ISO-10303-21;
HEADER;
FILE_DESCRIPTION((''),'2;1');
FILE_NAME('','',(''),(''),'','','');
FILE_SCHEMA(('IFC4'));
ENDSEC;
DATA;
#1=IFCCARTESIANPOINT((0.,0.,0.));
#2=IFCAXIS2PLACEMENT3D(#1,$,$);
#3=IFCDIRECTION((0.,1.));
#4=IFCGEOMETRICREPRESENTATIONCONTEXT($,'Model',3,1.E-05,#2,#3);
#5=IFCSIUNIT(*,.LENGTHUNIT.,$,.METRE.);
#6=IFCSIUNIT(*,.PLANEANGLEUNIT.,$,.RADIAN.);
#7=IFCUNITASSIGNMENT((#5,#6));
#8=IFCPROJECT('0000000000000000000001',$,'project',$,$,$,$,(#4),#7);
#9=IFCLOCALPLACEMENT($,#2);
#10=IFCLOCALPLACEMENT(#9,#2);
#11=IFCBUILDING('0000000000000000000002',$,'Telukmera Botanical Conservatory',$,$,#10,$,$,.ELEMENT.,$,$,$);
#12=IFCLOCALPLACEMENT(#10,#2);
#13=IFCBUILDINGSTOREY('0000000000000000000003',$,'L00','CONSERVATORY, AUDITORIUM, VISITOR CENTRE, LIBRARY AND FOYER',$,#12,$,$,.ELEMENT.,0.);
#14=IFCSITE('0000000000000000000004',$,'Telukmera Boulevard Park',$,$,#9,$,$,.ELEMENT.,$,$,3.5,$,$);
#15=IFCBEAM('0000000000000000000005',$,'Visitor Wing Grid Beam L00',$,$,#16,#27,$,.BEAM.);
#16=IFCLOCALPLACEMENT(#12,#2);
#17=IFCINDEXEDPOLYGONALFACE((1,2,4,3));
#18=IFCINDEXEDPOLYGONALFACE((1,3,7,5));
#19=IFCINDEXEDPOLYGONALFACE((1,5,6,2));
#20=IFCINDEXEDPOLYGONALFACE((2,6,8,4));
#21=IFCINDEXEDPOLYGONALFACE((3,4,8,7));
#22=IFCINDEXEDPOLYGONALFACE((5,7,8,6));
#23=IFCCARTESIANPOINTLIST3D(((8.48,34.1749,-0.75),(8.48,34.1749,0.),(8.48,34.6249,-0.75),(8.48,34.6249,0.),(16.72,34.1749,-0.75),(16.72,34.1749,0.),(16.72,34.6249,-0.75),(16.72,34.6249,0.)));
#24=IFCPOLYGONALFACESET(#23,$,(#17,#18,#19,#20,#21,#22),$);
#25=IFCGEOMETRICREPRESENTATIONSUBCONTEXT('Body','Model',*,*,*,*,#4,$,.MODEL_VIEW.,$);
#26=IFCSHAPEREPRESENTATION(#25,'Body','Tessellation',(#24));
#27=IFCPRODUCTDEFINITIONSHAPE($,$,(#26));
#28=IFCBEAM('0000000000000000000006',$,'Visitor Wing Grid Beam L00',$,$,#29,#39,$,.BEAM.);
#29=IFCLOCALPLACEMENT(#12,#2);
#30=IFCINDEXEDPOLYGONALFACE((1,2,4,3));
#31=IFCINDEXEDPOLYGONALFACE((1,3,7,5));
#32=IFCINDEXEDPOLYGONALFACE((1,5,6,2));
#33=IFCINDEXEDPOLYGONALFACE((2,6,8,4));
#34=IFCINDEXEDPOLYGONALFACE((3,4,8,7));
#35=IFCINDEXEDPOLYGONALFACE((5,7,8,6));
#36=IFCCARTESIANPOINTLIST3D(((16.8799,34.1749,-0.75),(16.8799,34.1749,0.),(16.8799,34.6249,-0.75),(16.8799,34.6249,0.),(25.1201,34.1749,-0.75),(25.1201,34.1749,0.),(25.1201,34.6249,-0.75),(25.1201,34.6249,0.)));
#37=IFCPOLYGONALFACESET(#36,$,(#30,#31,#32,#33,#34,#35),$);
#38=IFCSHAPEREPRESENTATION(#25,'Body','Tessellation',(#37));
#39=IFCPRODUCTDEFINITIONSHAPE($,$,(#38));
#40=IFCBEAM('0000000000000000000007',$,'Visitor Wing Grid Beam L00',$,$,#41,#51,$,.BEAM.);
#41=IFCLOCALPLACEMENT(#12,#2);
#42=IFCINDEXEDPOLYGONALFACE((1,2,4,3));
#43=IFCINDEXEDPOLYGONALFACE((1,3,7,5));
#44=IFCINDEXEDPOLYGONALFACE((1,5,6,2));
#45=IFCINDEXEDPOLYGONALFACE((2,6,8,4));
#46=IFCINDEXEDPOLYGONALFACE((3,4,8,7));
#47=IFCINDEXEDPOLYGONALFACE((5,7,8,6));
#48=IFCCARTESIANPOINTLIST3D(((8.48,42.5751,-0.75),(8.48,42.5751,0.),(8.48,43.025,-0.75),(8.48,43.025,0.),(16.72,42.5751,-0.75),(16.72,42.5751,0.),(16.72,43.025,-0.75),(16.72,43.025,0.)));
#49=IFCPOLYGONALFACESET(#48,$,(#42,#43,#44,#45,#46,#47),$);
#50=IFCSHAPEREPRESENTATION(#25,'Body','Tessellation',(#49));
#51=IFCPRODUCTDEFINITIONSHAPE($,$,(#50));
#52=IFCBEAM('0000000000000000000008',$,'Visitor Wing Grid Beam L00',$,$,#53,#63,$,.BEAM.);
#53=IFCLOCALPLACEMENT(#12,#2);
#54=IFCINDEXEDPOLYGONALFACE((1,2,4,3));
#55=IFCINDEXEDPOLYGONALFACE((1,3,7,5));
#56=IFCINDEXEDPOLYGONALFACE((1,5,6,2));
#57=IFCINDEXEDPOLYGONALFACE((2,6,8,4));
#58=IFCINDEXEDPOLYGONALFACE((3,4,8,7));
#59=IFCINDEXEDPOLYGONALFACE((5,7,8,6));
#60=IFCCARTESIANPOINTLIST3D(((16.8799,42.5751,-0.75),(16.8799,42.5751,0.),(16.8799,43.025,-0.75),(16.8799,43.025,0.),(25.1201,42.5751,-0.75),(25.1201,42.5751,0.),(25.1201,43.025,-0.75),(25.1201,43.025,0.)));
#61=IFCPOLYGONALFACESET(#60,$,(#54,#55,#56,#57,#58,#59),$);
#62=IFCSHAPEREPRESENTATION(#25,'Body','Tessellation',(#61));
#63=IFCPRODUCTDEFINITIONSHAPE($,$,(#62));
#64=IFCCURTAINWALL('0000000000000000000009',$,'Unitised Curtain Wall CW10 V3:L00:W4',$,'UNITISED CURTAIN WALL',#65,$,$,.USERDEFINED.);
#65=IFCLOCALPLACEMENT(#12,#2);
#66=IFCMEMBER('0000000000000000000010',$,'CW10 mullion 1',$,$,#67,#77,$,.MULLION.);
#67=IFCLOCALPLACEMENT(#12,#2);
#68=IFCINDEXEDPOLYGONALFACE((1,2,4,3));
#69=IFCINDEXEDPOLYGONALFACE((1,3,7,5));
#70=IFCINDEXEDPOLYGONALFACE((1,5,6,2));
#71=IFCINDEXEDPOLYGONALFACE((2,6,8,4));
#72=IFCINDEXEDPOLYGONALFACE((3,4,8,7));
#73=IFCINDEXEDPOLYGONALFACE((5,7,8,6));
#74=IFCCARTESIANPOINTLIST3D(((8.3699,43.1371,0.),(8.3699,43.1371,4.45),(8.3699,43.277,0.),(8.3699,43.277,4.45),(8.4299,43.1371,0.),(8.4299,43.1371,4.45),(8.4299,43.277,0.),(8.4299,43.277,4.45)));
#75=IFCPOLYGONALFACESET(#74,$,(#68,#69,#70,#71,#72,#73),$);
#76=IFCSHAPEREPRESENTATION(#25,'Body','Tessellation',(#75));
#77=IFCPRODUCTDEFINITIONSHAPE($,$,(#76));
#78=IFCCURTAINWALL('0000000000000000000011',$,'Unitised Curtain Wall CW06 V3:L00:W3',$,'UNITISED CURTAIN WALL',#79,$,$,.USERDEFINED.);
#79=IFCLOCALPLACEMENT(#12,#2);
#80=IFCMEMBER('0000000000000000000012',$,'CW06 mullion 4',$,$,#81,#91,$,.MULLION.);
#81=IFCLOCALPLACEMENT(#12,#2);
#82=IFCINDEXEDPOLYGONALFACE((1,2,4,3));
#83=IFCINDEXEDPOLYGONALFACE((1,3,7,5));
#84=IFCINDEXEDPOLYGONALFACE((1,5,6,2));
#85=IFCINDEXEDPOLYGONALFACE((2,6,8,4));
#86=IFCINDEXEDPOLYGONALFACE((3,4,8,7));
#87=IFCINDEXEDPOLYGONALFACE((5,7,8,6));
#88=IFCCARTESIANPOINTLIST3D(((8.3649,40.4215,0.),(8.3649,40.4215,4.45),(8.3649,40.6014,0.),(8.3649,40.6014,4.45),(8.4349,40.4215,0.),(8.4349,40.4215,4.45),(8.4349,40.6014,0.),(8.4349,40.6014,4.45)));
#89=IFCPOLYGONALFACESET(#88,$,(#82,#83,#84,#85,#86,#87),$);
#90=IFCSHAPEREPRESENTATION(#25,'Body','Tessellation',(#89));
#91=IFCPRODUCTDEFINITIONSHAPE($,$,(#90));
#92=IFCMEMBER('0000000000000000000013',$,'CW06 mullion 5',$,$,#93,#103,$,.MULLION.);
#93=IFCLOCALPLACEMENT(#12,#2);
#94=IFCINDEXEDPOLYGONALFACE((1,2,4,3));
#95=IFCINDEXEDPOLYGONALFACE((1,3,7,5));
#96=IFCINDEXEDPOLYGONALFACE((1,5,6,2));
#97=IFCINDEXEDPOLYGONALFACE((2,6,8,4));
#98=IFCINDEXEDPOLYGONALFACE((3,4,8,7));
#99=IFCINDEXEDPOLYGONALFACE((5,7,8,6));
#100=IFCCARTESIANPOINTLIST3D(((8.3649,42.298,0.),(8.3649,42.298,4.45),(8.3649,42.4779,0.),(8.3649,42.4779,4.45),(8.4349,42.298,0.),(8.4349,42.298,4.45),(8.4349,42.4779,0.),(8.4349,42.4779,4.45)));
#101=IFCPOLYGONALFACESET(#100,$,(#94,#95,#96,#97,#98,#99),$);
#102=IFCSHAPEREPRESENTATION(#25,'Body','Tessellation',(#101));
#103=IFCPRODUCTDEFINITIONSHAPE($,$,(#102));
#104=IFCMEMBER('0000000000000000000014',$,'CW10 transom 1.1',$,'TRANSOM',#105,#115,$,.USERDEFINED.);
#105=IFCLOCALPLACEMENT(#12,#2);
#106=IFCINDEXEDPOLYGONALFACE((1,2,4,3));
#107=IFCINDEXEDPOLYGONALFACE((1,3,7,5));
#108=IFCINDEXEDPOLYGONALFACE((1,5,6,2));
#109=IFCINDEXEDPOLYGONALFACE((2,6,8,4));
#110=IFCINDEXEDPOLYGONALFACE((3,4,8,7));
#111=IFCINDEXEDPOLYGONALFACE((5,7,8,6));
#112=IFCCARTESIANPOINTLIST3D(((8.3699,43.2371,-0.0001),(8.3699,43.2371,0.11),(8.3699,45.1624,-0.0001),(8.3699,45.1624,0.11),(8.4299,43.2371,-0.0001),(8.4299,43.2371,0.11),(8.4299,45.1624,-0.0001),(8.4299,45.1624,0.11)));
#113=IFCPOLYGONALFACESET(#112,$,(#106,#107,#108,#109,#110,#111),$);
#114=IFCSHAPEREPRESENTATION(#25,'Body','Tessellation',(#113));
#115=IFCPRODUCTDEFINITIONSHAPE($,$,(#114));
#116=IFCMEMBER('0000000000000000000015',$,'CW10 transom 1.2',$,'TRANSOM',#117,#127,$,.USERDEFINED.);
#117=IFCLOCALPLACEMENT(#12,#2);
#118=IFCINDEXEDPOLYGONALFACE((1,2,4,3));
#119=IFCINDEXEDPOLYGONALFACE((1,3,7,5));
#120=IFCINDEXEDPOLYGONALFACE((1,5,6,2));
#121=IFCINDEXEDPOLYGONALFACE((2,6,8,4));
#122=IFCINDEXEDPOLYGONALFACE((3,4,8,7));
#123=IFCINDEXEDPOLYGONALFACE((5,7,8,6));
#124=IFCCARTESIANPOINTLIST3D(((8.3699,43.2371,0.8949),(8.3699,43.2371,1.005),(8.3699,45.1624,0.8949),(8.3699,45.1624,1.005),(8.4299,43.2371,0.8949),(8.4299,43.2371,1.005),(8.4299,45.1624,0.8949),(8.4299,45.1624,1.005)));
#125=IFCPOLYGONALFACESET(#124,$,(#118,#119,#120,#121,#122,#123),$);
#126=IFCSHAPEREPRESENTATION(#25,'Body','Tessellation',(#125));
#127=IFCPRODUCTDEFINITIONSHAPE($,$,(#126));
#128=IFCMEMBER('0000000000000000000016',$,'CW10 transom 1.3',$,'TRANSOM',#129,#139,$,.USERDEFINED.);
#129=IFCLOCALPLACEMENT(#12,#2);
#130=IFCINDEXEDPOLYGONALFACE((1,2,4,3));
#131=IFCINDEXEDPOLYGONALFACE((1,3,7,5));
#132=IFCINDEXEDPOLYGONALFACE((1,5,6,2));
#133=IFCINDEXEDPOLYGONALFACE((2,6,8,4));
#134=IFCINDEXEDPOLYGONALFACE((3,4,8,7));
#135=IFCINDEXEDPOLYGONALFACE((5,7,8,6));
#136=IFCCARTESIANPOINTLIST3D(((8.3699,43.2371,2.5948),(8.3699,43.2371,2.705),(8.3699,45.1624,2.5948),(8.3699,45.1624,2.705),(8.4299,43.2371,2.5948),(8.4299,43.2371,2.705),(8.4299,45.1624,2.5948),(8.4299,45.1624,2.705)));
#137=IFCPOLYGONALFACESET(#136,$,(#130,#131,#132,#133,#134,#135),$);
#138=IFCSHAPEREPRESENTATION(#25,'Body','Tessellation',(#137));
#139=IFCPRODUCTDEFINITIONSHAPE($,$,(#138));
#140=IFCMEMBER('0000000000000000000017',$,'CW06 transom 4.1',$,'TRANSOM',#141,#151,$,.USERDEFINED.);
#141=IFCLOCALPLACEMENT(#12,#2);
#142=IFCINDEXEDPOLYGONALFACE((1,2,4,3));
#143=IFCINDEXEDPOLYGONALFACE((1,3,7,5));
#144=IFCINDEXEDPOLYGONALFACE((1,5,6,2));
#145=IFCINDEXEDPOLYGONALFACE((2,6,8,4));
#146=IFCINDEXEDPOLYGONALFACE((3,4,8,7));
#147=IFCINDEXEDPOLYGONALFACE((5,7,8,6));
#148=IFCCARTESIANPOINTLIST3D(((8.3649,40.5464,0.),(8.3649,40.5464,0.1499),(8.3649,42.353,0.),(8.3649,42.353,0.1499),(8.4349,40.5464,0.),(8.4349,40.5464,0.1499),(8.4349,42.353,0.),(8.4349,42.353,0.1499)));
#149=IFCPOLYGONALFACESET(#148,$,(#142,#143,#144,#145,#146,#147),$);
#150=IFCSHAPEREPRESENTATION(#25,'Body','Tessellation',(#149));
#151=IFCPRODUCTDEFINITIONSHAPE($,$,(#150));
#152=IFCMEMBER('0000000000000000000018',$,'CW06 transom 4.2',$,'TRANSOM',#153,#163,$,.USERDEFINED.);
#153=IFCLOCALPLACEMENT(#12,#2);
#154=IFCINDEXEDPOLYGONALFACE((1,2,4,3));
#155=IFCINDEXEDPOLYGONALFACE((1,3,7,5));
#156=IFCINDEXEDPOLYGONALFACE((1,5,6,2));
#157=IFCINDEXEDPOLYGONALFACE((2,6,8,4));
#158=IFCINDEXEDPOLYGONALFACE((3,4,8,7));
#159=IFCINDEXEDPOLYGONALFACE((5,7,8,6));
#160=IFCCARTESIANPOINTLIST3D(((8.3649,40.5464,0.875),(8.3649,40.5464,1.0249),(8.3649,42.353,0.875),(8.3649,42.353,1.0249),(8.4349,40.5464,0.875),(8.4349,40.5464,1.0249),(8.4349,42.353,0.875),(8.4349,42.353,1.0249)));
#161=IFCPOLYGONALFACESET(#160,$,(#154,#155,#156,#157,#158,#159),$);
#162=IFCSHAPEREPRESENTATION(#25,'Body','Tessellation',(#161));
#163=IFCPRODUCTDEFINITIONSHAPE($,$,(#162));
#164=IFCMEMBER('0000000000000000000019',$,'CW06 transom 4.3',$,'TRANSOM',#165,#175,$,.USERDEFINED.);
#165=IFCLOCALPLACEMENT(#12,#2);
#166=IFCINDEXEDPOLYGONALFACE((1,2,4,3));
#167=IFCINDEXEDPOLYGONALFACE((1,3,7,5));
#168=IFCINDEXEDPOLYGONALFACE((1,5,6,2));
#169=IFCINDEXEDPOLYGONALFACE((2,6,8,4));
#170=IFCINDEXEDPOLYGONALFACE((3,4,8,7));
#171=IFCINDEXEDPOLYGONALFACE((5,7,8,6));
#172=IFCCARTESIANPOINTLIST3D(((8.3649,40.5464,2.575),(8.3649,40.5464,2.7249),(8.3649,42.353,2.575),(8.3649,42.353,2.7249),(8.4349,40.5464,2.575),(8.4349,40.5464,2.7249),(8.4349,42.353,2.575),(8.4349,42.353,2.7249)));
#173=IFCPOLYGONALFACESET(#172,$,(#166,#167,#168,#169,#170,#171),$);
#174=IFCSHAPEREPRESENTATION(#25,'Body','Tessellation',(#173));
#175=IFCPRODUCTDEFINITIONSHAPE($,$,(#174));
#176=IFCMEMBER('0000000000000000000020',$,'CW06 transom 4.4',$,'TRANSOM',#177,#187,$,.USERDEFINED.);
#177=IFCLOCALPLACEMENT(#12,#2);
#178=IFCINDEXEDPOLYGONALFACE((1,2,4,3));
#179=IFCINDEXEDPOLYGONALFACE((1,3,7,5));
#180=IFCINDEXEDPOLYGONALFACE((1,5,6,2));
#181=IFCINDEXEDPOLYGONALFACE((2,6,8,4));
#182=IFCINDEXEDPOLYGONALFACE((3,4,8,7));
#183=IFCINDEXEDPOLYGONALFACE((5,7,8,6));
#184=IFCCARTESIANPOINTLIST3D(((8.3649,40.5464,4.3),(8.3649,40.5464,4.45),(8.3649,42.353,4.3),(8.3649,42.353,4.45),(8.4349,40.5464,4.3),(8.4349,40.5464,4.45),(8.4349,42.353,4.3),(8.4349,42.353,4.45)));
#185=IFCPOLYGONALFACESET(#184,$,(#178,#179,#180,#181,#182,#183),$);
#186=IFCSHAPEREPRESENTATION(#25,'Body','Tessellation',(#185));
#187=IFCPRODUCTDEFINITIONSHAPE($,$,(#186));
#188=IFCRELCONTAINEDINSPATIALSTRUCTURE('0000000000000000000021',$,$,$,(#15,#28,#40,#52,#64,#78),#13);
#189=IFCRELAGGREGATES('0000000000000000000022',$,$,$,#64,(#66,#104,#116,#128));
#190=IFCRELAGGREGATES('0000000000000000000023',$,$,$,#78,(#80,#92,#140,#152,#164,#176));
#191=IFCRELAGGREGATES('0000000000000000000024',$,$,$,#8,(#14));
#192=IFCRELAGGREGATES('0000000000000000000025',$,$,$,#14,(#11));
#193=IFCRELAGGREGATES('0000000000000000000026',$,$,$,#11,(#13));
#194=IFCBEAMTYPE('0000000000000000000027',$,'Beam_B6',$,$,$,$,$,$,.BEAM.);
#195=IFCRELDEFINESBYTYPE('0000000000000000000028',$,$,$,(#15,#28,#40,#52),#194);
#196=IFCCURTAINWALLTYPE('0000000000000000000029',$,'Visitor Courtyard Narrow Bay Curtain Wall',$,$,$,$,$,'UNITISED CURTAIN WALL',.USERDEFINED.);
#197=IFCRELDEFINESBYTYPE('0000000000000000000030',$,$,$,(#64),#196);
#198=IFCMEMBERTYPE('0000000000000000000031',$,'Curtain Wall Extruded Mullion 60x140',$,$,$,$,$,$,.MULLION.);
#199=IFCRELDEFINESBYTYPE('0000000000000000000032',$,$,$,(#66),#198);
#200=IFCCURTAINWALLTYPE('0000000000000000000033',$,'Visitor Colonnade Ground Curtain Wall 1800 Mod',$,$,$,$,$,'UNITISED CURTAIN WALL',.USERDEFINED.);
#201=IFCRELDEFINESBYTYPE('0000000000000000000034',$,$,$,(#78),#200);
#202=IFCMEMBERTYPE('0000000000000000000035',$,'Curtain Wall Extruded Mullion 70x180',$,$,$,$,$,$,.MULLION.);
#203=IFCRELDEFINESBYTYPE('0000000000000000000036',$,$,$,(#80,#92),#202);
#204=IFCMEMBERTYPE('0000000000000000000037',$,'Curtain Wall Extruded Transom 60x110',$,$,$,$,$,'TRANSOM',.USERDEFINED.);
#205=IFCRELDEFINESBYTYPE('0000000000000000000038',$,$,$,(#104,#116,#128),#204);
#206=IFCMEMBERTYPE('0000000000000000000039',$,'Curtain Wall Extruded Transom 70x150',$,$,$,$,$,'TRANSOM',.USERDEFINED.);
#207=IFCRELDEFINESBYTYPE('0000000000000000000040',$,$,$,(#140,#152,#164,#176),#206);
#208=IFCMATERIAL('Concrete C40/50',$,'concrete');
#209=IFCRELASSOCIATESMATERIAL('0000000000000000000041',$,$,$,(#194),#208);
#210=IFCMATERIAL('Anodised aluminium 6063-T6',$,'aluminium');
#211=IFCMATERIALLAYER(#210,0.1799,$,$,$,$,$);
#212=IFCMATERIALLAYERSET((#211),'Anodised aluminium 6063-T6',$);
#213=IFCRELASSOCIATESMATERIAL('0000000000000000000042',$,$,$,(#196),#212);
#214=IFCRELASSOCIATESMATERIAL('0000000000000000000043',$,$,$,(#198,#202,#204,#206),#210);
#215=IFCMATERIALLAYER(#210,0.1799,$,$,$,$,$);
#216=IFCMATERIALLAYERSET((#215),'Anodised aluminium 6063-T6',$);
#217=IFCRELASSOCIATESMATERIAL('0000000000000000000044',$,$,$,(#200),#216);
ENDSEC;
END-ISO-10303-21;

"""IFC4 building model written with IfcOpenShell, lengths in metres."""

from ifc_helpers import new_model, si_unit, direction, frame, origin, origin_2d, place, context, subcontext, project, spatial, rectangle, extrude, material, layer, layer_set, material_profile, profile_set, type_object, element, aggregate, save


model = new_model("IFC4")

# Units and contexts
model_context = context("Model", 3, precision=1e-05, world=origin(), true_north=direction((0.0, 1.0)))
body_context = subcontext(model_context, "Body", "Model", "MODEL_VIEW")
ifc_project = project(units=[si_unit("LENGTHUNIT", "METRE"), si_unit("PLANEANGLEUNIT", "RADIAN")], contexts=[model_context])

# Site, building, storey
site_placement = place(None, origin())
site = spatial("IfcSite", under=ifc_project, at=site_placement, Name="Telukmera Boulevard Park", CompositionType="ELEMENT", RefElevation=3.5)
building_placement = place(site_placement, origin())
building = spatial("IfcBuilding", under=site, at=building_placement, Name="Telukmera Botanical Conservatory", CompositionType="ELEMENT")
storey_placement = place(building_placement, origin())
storey = spatial("IfcBuildingStorey", under=building, at=storey_placement, Name="L00", Description="CONSERVATORY, AUDITORIUM, VISITOR CENTRE, LIBRARY AND FOYER", CompositionType="ELEMENT", Elevation=0.0)

# Shared definitions
ifc_material_1 = material(Name="Concrete C40/50", Category="concrete")

# Beams
ifc_material_profile_1 = material_profile(ifc_material_1, rectangle(XDim=0.45, YDim=0.75, at=origin_2d()), Name="RC 450x750")
ifc_profile_set_1 = profile_set([ifc_material_profile_1], Name="Concrete C40/50")
beam_type_1 = type_object("IfcBeamType", Name="Beam_B6", PredefinedType="BEAM", material=ifc_profile_set_1)
beam_1_placement = place(storey_placement, frame((8.48, 34.3999, -0.375), z_axis=(1.0, 0.0, 0.0), x_axis=(0.0, 1.0, 0.0)))
element("IfcBeam", 1, at=beam_1_placement, inside=storey, type_object=beam_type_1, Name="Visitor Wing Grid Beam L00", PredefinedType="BEAM", context=body_context, shape_type="SweptSolid", body=[
    extrude(rectangle(XDim=0.45, YDim=0.75, at=origin_2d()), origin(), (0.0, 0.0, 1.0), 8.24),
])
beam_2_placement = place(storey_placement, frame((16.8799, 34.3999, -0.375), z_axis=(1.0, 0.0, 0.0), x_axis=(0.0, 1.0, 0.0)))
element("IfcBeam", 2, at=beam_2_placement, inside=storey, type_object=beam_type_1, Name="Visitor Wing Grid Beam L00", PredefinedType="BEAM", context=body_context, shape_type="SweptSolid", body=[
    extrude(rectangle(XDim=0.45, YDim=0.75, at=origin_2d()), origin(), (0.0, 0.0, 1.0), 8.2402),
])
beam_3_placement = place(storey_placement, frame((8.48, 42.8, -0.375), z_axis=(1.0, 0.0, 0.0), x_axis=(0.0, 1.0, 0.0)))
element("IfcBeam", 3, at=beam_3_placement, inside=storey, type_object=beam_type_1, Name="Visitor Wing Grid Beam L00", PredefinedType="BEAM", context=body_context, shape_type="SweptSolid", body=[
    extrude(rectangle(XDim=0.45, YDim=0.75, at=origin_2d()), origin(), (0.0, 0.0, 1.0), 8.24),
])
beam_4_placement = place(storey_placement, frame((16.8799, 42.8, -0.375), z_axis=(1.0, 0.0, 0.0), x_axis=(0.0, 1.0, 0.0)))
element("IfcBeam", 4, at=beam_4_placement, inside=storey, type_object=beam_type_1, Name="Visitor Wing Grid Beam L00", PredefinedType="BEAM", context=body_context, shape_type="SweptSolid", body=[
    extrude(rectangle(XDim=0.45, YDim=0.75, at=origin_2d()), origin(), (0.0, 0.0, 1.0), 8.2402),
])

# Curtain wall, member
ifc_material_2 = material(Name="Anodised aluminium 6063-T6", Category="aluminium")
ifc_layer_1 = layer(ifc_material_2, 0.1799)
ifc_layer_set_1 = layer_set([ifc_layer_1], Name="Anodised aluminium 6063-T6")
curtain_wall_type_1 = type_object("IfcCurtainWallType", Name="Visitor Courtyard Narrow Bay Curtain Wall", ElementType="UNITISED CURTAIN WALL", PredefinedType="USERDEFINED", material=ifc_layer_set_1)
curtain_wall_1_placement = place(storey_placement, origin())
curtain_wall_1 = element("IfcCurtainWall", 5, at=curtain_wall_1_placement, inside=storey, type_object=curtain_wall_type_1, Name="Unitised Curtain Wall CW10 V3:L00:W4", ObjectType="UNITISED CURTAIN WALL", PredefinedType="USERDEFINED")
ifc_material_profile_2 = material_profile(ifc_material_2, rectangle(XDim=0.0601, YDim=0.1399, at=origin_2d()), Name="ALU MULL 60x140")
ifc_profile_set_2 = profile_set([ifc_material_profile_2], Name="Anodised aluminium 6063-T6")
member_type_1 = type_object("IfcMemberType", Name="Curtain Wall Extruded Mullion 60x140", PredefinedType="MULLION", material=ifc_profile_set_2)
member_1_placement = place(storey_placement, frame((8.3999, 43.207, 0.0), z_axis=(0.0, 0.0, 1.0), x_axis=(-1.0, 0.0, 0.0)))
member_1 = element("IfcMember", 6, at=member_1_placement, type_object=member_type_1, Name="CW10 mullion 1", PredefinedType="MULLION", context=body_context, shape_type="SweptSolid", body=[
    extrude(rectangle(XDim=0.0601, YDim=0.1399, at=origin_2d()), origin(), (0.0, 0.0, 1.0), 4.45),
])

# Curtain wall, members
ifc_layer_2 = layer(ifc_material_2, 0.1799)
ifc_layer_set_2 = layer_set([ifc_layer_2], Name="Anodised aluminium 6063-T6")
curtain_wall_type_2 = type_object("IfcCurtainWallType", Name="Visitor Colonnade Ground Curtain Wall 1800 Mod", ElementType="UNITISED CURTAIN WALL", PredefinedType="USERDEFINED", material=ifc_layer_set_2)
curtain_wall_2_placement = place(storey_placement, origin())
curtain_wall_2 = element("IfcCurtainWall", 7, at=curtain_wall_2_placement, inside=storey, type_object=curtain_wall_type_2, Name="Unitised Curtain Wall CW06 V3:L00:W3", ObjectType="UNITISED CURTAIN WALL", PredefinedType="USERDEFINED")
ifc_material_profile_3 = material_profile(ifc_material_2, rectangle(XDim=0.0701, YDim=0.1799, at=origin_2d()), Name="ALU MULL 70x180")
ifc_profile_set_3 = profile_set([ifc_material_profile_3], Name="Anodised aluminium 6063-T6")
member_type_2 = type_object("IfcMemberType", Name="Curtain Wall Extruded Mullion 70x180", PredefinedType="MULLION", material=ifc_profile_set_3)
member_2_placement = place(storey_placement, frame((8.3999, 40.5115, 0.0), z_axis=(0.0, 0.0, 1.0), x_axis=(-1.0, 0.0, 0.0)))
member_2 = element("IfcMember", 8, at=member_2_placement, type_object=member_type_2, Name="CW06 mullion 4", PredefinedType="MULLION", context=body_context, shape_type="SweptSolid", body=[
    extrude(rectangle(XDim=0.0701, YDim=0.1799, at=origin_2d()), origin(), (0.0, 0.0, 1.0), 4.45),
])
member_3_placement = place(storey_placement, frame((8.3999, 42.3879, 0.0), z_axis=(0.0, 0.0, 1.0), x_axis=(-1.0, 0.0, 0.0)))
member_3 = element("IfcMember", 9, at=member_3_placement, type_object=member_type_2, Name="CW06 mullion 5", PredefinedType="MULLION", context=body_context, shape_type="SweptSolid", body=[
    extrude(rectangle(XDim=0.0701, YDim=0.1799, at=origin_2d()), origin(), (0.0, 0.0, 1.0), 4.45),
])

# Members
ifc_material_profile_4 = material_profile(ifc_material_2, rectangle(XDim=0.0601, YDim=0.1101, at=origin_2d()), Name="ALU TRAN 60x110")
ifc_profile_set_4 = profile_set([ifc_material_profile_4], Name="Anodised aluminium 6063-T6")
member_type_3 = type_object("IfcMemberType", Name="Curtain Wall Extruded Transom 60x110", ElementType="TRANSOM", PredefinedType="USERDEFINED", material=ifc_profile_set_4)
member_4_placement = place(storey_placement, frame((8.3999, 43.2371, 0.0549), z_axis=(0.0, 1.0, 0.0), x_axis=(-1.0, 0.0, 0.0)))
member_4 = element("IfcMember", 10, at=member_4_placement, type_object=member_type_3, Name="CW10 transom 1.1", ObjectType="TRANSOM", PredefinedType="USERDEFINED", context=body_context, shape_type="SweptSolid", body=[
    extrude(rectangle(XDim=0.0601, YDim=0.1101, at=origin_2d()), origin(), (0.0, 0.0, 1.0), 1.9253),
])
member_5_placement = place(storey_placement, frame((8.3999, 43.2371, 0.95), z_axis=(0.0, 1.0, 0.0), x_axis=(-1.0, 0.0, 0.0)))
member_5 = element("IfcMember", 11, at=member_5_placement, type_object=member_type_3, Name="CW10 transom 1.2", ObjectType="TRANSOM", PredefinedType="USERDEFINED", context=body_context, shape_type="SweptSolid", body=[
    extrude(rectangle(XDim=0.0601, YDim=0.1101, at=origin_2d()), origin(), (0.0, 0.0, 1.0), 1.9253),
])
member_6_placement = place(storey_placement, frame((8.3999, 43.2371, 2.6499), z_axis=(0.0, 1.0, 0.0), x_axis=(-1.0, 0.0, 0.0)))
member_6 = element("IfcMember", 12, at=member_6_placement, type_object=member_type_3, Name="CW10 transom 1.3", ObjectType="TRANSOM", PredefinedType="USERDEFINED", context=body_context, shape_type="SweptSolid", body=[
    extrude(rectangle(XDim=0.0601, YDim=0.1101, at=origin_2d()), origin(), (0.0, 0.0, 1.0), 1.9253),
])
aggregate(curtain_wall_1, [member_1, member_4, member_5, member_6])
ifc_material_profile_5 = material_profile(ifc_material_2, rectangle(XDim=0.0701, YDim=0.1499, at=origin_2d()), Name="ALU TRAN 70x150")
ifc_profile_set_5 = profile_set([ifc_material_profile_5], Name="Anodised aluminium 6063-T6")
member_type_4 = type_object("IfcMemberType", Name="Curtain Wall Extruded Transom 70x150", ElementType="TRANSOM", PredefinedType="USERDEFINED", material=ifc_profile_set_5)
member_7_placement = place(storey_placement, frame((8.3999, 40.5464, 0.075), z_axis=(0.0, 1.0, 0.0), x_axis=(-1.0, 0.0, 0.0)))
member_7 = element("IfcMember", 13, at=member_7_placement, type_object=member_type_4, Name="CW06 transom 4.1", ObjectType="TRANSOM", PredefinedType="USERDEFINED", context=body_context, shape_type="SweptSolid", body=[
    extrude(rectangle(XDim=0.0701, YDim=0.1499, at=origin_2d()), origin(), (0.0, 0.0, 1.0), 1.8066),
])
member_8_placement = place(storey_placement, frame((8.3999, 40.5464, 0.95), z_axis=(0.0, 1.0, 0.0), x_axis=(-1.0, 0.0, 0.0)))
member_8 = element("IfcMember", 14, at=member_8_placement, type_object=member_type_4, Name="CW06 transom 4.2", ObjectType="TRANSOM", PredefinedType="USERDEFINED", context=body_context, shape_type="SweptSolid", body=[
    extrude(rectangle(XDim=0.0701, YDim=0.1499, at=origin_2d()), origin(), (0.0, 0.0, 1.0), 1.8066),
])
member_9_placement = place(storey_placement, frame((8.3999, 40.5464, 2.6499), z_axis=(0.0, 1.0, 0.0), x_axis=(-1.0, 0.0, 0.0)))
member_9 = element("IfcMember", 15, at=member_9_placement, type_object=member_type_4, Name="CW06 transom 4.3", ObjectType="TRANSOM", PredefinedType="USERDEFINED", context=body_context, shape_type="SweptSolid", body=[
    extrude(rectangle(XDim=0.0701, YDim=0.1499, at=origin_2d()), origin(), (0.0, 0.0, 1.0), 1.8066),
])
member_10_placement = place(storey_placement, frame((8.3999, 40.5464, 4.375), z_axis=(0.0, 1.0, 0.0), x_axis=(-1.0, 0.0, 0.0)))
member_10 = element("IfcMember", 16, at=member_10_placement, type_object=member_type_4, Name="CW06 transom 4.4", ObjectType="TRANSOM", PredefinedType="USERDEFINED", context=body_context, shape_type="SweptSolid", body=[
    extrude(rectangle(XDim=0.0701, YDim=0.1499, at=origin_2d()), origin(), (0.0, 0.0, 1.0), 1.8066),
])

aggregate(curtain_wall_2, [member_2, member_3, member_7, member_8, member_9, member_10])

save(model, "model.ifc")
